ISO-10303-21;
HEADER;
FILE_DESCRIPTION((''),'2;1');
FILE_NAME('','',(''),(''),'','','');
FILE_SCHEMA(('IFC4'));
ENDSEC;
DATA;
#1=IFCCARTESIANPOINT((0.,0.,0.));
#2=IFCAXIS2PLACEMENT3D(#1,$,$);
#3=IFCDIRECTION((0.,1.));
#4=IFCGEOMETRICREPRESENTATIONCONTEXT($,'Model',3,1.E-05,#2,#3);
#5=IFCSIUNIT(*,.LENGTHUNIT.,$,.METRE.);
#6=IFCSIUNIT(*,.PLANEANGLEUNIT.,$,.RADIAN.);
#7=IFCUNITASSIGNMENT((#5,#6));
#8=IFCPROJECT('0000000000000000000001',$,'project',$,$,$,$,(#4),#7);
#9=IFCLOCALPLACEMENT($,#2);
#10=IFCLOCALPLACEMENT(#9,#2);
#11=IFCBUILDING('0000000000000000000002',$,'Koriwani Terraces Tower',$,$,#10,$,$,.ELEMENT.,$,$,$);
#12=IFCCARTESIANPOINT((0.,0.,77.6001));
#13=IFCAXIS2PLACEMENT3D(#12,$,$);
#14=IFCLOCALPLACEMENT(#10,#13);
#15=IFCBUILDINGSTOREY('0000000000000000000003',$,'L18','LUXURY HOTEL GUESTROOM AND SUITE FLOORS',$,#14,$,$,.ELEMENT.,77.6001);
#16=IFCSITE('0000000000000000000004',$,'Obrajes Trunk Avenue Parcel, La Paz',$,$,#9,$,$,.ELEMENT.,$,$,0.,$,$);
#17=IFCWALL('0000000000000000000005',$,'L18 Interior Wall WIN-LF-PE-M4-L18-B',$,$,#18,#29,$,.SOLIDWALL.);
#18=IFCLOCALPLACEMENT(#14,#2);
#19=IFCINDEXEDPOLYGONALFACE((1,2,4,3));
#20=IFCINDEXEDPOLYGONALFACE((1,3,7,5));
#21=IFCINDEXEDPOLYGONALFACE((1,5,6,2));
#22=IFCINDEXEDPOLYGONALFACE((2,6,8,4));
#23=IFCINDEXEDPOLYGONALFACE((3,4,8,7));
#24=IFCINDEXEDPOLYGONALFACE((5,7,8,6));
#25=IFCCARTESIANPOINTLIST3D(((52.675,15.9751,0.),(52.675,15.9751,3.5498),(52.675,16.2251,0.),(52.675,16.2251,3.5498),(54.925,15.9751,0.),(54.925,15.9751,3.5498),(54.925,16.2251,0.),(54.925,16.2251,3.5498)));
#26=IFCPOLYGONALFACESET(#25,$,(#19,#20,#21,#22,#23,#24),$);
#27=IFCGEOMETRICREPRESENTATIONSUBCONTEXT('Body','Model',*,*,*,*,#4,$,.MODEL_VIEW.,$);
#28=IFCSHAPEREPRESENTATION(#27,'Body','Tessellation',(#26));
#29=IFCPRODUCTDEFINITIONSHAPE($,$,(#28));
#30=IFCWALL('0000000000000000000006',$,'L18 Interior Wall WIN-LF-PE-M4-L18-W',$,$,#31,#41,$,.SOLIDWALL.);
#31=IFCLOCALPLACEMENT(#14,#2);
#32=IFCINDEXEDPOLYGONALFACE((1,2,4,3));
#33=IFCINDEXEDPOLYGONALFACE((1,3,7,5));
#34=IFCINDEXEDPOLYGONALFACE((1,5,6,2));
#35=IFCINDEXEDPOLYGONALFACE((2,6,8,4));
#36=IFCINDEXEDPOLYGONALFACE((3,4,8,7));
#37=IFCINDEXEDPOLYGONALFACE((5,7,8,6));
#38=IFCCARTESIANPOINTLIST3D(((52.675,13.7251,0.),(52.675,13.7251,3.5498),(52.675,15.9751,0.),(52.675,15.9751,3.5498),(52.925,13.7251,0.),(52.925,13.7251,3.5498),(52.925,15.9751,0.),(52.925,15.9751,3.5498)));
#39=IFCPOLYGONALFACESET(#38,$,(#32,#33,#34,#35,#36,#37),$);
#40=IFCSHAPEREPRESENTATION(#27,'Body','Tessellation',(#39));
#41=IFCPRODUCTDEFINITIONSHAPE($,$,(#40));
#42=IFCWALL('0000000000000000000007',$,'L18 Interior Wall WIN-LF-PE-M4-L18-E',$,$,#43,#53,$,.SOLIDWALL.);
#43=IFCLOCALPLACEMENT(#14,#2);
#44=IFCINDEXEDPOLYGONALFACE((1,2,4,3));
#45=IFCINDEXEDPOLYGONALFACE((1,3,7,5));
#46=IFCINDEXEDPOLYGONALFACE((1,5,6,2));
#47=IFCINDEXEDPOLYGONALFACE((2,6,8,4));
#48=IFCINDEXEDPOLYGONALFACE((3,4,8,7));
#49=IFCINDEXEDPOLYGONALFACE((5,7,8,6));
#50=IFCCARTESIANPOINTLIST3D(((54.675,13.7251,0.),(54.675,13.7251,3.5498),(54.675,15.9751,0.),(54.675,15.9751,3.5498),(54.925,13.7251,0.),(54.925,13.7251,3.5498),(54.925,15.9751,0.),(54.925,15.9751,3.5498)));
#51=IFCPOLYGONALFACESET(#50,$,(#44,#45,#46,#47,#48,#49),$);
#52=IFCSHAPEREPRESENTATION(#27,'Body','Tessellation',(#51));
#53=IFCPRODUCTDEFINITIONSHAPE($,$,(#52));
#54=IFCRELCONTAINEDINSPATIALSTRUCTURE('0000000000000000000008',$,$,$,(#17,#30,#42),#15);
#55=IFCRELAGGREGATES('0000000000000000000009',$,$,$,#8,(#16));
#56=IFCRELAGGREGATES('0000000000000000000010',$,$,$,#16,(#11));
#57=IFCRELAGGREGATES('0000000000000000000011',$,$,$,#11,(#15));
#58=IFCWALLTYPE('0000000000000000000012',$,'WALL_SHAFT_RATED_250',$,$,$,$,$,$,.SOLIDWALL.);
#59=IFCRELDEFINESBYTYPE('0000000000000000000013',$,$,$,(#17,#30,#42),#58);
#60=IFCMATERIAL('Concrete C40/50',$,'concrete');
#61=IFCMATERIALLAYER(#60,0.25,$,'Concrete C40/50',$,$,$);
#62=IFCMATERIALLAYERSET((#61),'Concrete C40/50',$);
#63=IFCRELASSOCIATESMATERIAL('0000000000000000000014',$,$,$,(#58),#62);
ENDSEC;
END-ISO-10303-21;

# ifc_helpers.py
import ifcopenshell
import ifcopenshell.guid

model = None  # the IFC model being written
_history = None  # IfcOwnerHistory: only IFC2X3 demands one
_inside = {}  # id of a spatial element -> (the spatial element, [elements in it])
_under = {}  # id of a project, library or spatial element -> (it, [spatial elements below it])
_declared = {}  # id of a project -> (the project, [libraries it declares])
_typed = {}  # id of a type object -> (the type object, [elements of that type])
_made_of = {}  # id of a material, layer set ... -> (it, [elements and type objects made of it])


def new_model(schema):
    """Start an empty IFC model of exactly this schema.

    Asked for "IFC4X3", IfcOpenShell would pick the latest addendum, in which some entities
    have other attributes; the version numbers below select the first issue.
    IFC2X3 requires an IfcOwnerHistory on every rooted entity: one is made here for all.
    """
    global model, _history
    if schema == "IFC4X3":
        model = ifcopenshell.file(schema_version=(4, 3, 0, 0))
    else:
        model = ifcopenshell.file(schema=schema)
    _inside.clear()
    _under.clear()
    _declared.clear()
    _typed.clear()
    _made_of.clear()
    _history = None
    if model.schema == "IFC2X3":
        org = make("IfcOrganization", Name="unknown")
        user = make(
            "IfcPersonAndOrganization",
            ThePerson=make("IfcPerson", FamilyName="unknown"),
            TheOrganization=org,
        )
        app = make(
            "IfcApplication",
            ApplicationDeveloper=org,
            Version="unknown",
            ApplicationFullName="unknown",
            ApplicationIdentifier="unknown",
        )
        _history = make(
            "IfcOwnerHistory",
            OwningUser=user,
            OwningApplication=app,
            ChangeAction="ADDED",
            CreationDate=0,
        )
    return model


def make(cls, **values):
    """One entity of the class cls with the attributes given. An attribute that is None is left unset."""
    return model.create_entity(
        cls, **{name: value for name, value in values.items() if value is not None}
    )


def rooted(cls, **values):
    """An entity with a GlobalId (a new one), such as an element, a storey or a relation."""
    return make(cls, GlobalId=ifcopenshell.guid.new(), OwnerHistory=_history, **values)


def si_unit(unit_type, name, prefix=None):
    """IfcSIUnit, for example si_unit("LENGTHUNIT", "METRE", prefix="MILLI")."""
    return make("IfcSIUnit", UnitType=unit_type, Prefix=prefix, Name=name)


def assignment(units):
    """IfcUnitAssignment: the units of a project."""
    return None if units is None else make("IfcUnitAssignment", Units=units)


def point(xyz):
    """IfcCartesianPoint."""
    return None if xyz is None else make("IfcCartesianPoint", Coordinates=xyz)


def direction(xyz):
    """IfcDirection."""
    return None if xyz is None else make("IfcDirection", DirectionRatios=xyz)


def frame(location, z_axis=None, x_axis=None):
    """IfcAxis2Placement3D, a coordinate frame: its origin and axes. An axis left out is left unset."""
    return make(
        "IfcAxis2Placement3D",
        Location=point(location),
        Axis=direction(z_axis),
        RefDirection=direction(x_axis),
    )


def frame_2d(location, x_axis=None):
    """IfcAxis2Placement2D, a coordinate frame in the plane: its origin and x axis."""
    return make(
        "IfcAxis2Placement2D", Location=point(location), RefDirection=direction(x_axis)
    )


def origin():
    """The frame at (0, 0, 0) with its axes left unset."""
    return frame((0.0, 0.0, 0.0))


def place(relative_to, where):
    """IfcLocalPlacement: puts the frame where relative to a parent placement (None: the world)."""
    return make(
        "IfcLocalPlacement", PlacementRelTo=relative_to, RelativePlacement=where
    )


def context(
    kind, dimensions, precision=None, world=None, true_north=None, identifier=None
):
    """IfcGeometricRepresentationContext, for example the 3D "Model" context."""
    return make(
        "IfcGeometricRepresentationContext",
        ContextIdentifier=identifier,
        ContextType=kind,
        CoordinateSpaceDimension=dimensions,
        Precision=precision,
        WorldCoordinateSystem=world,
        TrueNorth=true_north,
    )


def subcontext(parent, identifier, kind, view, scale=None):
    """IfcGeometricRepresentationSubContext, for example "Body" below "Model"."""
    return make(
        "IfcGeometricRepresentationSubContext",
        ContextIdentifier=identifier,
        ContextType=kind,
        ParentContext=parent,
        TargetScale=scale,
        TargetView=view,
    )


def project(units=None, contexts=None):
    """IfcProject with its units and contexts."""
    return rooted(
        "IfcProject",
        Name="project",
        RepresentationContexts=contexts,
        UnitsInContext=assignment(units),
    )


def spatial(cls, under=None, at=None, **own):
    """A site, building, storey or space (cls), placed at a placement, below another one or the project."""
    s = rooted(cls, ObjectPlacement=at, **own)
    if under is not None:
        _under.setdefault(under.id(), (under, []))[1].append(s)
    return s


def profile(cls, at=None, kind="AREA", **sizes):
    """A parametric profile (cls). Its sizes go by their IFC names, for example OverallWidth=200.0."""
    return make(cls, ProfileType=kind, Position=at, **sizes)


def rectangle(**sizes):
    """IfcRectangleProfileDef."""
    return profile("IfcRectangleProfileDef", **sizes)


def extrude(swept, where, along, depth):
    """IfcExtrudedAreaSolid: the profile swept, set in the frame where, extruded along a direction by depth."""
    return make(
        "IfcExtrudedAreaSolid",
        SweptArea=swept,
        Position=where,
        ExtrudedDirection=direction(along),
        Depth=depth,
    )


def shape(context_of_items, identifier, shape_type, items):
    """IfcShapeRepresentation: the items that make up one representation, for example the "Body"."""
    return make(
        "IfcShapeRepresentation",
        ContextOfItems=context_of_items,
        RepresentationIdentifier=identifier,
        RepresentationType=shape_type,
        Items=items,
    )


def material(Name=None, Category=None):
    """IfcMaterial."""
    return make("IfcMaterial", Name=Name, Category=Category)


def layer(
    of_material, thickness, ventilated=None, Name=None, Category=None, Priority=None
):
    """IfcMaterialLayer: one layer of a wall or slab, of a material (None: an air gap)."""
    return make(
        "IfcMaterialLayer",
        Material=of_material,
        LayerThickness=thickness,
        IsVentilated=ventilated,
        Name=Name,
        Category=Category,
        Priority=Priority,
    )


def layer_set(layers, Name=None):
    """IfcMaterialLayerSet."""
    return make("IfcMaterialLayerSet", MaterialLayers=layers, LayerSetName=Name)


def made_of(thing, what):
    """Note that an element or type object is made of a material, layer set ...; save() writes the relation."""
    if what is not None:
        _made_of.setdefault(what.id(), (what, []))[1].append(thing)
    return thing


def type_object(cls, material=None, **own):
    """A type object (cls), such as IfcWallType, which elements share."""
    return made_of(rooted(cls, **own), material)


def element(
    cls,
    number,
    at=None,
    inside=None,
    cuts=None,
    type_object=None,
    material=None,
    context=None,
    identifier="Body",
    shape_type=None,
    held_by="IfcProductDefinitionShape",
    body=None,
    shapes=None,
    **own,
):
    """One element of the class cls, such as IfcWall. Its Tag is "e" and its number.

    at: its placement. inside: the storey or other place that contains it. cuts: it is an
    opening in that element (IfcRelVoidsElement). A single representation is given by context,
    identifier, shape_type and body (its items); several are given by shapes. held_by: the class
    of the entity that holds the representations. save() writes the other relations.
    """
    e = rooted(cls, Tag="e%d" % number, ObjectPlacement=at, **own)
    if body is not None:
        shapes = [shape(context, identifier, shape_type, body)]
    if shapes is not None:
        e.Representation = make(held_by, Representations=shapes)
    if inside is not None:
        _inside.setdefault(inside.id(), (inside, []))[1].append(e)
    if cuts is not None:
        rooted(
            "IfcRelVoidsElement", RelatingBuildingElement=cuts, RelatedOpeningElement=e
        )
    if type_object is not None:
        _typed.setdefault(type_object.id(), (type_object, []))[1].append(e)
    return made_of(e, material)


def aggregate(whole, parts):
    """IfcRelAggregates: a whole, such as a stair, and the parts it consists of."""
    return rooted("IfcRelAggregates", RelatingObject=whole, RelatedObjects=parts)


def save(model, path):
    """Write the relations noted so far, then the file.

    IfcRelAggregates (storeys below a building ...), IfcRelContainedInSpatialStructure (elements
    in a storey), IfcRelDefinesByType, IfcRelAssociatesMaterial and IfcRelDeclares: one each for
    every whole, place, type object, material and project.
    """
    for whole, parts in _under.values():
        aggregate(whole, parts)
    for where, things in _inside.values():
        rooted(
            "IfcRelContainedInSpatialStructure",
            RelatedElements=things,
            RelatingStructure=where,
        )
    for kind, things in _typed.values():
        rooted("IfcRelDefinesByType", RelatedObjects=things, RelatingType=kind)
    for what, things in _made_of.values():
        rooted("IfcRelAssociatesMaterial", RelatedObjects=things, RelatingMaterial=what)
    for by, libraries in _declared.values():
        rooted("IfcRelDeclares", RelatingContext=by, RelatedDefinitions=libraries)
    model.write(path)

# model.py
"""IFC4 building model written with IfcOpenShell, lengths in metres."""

from ifc_helpers import new_model, si_unit, direction, frame, frame_2d, origin, place, context, subcontext, project, spatial, rectangle, extrude, material, layer, layer_set, type_object, element, save


model = new_model("IFC4")

# Units and contexts
model_context = context("Model", 3, precision=1e-05, world=origin(), true_north=direction((0.0, 1.0)))
body_context = subcontext(model_context, "Body", "Model", "MODEL_VIEW")
ifc_project = project(units=[si_unit("LENGTHUNIT", "METRE"), si_unit("PLANEANGLEUNIT", "RADIAN")], contexts=[model_context])

# Site, building, storey
site_placement = place(None, origin())
site = spatial("IfcSite", under=ifc_project, at=site_placement, Name="Obrajes Trunk Avenue Parcel, La Paz", CompositionType="ELEMENT", RefElevation=0.0)
building_placement = place(site_placement, origin())
building = spatial("IfcBuilding", under=site, at=building_placement, Name="Koriwani Terraces Tower", CompositionType="ELEMENT")
storey_placement = place(building_placement, frame((0.0, 0.0, 77.6001)))
storey = spatial("IfcBuildingStorey", under=building, at=storey_placement, Name="L18", Description="LUXURY HOTEL GUESTROOM AND SUITE FLOORS", CompositionType="ELEMENT", Elevation=77.6001)

# Walls
ifc_material_1 = material(Name="Concrete C40/50", Category="concrete")
ifc_layer_1 = layer(ifc_material_1, 0.25, Name="Concrete C40/50")
ifc_layer_set_1 = layer_set([ifc_layer_1], Name="Concrete C40/50")
wall_type_1 = type_object("IfcWallType", Name="WALL_SHAFT_RATED_250", PredefinedType="SOLIDWALL", material=ifc_layer_set_1)
for number, where, z_axis, x_axis, name in (
    (1, (52.675, 16.1001, 0.0), (0.0, 0.0, 1.0), (1.0, 0.0, 0.0), "L18 Interior Wall WIN-LF-PE-M4-L18-B"),
    (2, (52.8, 13.7251, 0.0), (0.0, 0.0, 1.0), (0.0, 1.0, 0.0), "L18 Interior Wall WIN-LF-PE-M4-L18-W"),
    (3, (54.8, 13.7251, 0.0), (0.0, 0.0, 1.0), (0.0, 1.0, 0.0), "L18 Interior Wall WIN-LF-PE-M4-L18-E"),
):
    element("IfcWall", number, at=place(storey_placement, frame(where, z_axis=z_axis, x_axis=x_axis)), inside=storey, type_object=wall_type_1, Name=name, PredefinedType="SOLIDWALL", context=body_context, shape_type="SweptSolid", body=[
        extrude(rectangle(XDim=2.25, YDim=0.25, at=frame_2d((1.125, 0.0))), origin(), (0.0, 0.0, 1.0), 3.5498),
    ])

save(model, "model.ifc")
